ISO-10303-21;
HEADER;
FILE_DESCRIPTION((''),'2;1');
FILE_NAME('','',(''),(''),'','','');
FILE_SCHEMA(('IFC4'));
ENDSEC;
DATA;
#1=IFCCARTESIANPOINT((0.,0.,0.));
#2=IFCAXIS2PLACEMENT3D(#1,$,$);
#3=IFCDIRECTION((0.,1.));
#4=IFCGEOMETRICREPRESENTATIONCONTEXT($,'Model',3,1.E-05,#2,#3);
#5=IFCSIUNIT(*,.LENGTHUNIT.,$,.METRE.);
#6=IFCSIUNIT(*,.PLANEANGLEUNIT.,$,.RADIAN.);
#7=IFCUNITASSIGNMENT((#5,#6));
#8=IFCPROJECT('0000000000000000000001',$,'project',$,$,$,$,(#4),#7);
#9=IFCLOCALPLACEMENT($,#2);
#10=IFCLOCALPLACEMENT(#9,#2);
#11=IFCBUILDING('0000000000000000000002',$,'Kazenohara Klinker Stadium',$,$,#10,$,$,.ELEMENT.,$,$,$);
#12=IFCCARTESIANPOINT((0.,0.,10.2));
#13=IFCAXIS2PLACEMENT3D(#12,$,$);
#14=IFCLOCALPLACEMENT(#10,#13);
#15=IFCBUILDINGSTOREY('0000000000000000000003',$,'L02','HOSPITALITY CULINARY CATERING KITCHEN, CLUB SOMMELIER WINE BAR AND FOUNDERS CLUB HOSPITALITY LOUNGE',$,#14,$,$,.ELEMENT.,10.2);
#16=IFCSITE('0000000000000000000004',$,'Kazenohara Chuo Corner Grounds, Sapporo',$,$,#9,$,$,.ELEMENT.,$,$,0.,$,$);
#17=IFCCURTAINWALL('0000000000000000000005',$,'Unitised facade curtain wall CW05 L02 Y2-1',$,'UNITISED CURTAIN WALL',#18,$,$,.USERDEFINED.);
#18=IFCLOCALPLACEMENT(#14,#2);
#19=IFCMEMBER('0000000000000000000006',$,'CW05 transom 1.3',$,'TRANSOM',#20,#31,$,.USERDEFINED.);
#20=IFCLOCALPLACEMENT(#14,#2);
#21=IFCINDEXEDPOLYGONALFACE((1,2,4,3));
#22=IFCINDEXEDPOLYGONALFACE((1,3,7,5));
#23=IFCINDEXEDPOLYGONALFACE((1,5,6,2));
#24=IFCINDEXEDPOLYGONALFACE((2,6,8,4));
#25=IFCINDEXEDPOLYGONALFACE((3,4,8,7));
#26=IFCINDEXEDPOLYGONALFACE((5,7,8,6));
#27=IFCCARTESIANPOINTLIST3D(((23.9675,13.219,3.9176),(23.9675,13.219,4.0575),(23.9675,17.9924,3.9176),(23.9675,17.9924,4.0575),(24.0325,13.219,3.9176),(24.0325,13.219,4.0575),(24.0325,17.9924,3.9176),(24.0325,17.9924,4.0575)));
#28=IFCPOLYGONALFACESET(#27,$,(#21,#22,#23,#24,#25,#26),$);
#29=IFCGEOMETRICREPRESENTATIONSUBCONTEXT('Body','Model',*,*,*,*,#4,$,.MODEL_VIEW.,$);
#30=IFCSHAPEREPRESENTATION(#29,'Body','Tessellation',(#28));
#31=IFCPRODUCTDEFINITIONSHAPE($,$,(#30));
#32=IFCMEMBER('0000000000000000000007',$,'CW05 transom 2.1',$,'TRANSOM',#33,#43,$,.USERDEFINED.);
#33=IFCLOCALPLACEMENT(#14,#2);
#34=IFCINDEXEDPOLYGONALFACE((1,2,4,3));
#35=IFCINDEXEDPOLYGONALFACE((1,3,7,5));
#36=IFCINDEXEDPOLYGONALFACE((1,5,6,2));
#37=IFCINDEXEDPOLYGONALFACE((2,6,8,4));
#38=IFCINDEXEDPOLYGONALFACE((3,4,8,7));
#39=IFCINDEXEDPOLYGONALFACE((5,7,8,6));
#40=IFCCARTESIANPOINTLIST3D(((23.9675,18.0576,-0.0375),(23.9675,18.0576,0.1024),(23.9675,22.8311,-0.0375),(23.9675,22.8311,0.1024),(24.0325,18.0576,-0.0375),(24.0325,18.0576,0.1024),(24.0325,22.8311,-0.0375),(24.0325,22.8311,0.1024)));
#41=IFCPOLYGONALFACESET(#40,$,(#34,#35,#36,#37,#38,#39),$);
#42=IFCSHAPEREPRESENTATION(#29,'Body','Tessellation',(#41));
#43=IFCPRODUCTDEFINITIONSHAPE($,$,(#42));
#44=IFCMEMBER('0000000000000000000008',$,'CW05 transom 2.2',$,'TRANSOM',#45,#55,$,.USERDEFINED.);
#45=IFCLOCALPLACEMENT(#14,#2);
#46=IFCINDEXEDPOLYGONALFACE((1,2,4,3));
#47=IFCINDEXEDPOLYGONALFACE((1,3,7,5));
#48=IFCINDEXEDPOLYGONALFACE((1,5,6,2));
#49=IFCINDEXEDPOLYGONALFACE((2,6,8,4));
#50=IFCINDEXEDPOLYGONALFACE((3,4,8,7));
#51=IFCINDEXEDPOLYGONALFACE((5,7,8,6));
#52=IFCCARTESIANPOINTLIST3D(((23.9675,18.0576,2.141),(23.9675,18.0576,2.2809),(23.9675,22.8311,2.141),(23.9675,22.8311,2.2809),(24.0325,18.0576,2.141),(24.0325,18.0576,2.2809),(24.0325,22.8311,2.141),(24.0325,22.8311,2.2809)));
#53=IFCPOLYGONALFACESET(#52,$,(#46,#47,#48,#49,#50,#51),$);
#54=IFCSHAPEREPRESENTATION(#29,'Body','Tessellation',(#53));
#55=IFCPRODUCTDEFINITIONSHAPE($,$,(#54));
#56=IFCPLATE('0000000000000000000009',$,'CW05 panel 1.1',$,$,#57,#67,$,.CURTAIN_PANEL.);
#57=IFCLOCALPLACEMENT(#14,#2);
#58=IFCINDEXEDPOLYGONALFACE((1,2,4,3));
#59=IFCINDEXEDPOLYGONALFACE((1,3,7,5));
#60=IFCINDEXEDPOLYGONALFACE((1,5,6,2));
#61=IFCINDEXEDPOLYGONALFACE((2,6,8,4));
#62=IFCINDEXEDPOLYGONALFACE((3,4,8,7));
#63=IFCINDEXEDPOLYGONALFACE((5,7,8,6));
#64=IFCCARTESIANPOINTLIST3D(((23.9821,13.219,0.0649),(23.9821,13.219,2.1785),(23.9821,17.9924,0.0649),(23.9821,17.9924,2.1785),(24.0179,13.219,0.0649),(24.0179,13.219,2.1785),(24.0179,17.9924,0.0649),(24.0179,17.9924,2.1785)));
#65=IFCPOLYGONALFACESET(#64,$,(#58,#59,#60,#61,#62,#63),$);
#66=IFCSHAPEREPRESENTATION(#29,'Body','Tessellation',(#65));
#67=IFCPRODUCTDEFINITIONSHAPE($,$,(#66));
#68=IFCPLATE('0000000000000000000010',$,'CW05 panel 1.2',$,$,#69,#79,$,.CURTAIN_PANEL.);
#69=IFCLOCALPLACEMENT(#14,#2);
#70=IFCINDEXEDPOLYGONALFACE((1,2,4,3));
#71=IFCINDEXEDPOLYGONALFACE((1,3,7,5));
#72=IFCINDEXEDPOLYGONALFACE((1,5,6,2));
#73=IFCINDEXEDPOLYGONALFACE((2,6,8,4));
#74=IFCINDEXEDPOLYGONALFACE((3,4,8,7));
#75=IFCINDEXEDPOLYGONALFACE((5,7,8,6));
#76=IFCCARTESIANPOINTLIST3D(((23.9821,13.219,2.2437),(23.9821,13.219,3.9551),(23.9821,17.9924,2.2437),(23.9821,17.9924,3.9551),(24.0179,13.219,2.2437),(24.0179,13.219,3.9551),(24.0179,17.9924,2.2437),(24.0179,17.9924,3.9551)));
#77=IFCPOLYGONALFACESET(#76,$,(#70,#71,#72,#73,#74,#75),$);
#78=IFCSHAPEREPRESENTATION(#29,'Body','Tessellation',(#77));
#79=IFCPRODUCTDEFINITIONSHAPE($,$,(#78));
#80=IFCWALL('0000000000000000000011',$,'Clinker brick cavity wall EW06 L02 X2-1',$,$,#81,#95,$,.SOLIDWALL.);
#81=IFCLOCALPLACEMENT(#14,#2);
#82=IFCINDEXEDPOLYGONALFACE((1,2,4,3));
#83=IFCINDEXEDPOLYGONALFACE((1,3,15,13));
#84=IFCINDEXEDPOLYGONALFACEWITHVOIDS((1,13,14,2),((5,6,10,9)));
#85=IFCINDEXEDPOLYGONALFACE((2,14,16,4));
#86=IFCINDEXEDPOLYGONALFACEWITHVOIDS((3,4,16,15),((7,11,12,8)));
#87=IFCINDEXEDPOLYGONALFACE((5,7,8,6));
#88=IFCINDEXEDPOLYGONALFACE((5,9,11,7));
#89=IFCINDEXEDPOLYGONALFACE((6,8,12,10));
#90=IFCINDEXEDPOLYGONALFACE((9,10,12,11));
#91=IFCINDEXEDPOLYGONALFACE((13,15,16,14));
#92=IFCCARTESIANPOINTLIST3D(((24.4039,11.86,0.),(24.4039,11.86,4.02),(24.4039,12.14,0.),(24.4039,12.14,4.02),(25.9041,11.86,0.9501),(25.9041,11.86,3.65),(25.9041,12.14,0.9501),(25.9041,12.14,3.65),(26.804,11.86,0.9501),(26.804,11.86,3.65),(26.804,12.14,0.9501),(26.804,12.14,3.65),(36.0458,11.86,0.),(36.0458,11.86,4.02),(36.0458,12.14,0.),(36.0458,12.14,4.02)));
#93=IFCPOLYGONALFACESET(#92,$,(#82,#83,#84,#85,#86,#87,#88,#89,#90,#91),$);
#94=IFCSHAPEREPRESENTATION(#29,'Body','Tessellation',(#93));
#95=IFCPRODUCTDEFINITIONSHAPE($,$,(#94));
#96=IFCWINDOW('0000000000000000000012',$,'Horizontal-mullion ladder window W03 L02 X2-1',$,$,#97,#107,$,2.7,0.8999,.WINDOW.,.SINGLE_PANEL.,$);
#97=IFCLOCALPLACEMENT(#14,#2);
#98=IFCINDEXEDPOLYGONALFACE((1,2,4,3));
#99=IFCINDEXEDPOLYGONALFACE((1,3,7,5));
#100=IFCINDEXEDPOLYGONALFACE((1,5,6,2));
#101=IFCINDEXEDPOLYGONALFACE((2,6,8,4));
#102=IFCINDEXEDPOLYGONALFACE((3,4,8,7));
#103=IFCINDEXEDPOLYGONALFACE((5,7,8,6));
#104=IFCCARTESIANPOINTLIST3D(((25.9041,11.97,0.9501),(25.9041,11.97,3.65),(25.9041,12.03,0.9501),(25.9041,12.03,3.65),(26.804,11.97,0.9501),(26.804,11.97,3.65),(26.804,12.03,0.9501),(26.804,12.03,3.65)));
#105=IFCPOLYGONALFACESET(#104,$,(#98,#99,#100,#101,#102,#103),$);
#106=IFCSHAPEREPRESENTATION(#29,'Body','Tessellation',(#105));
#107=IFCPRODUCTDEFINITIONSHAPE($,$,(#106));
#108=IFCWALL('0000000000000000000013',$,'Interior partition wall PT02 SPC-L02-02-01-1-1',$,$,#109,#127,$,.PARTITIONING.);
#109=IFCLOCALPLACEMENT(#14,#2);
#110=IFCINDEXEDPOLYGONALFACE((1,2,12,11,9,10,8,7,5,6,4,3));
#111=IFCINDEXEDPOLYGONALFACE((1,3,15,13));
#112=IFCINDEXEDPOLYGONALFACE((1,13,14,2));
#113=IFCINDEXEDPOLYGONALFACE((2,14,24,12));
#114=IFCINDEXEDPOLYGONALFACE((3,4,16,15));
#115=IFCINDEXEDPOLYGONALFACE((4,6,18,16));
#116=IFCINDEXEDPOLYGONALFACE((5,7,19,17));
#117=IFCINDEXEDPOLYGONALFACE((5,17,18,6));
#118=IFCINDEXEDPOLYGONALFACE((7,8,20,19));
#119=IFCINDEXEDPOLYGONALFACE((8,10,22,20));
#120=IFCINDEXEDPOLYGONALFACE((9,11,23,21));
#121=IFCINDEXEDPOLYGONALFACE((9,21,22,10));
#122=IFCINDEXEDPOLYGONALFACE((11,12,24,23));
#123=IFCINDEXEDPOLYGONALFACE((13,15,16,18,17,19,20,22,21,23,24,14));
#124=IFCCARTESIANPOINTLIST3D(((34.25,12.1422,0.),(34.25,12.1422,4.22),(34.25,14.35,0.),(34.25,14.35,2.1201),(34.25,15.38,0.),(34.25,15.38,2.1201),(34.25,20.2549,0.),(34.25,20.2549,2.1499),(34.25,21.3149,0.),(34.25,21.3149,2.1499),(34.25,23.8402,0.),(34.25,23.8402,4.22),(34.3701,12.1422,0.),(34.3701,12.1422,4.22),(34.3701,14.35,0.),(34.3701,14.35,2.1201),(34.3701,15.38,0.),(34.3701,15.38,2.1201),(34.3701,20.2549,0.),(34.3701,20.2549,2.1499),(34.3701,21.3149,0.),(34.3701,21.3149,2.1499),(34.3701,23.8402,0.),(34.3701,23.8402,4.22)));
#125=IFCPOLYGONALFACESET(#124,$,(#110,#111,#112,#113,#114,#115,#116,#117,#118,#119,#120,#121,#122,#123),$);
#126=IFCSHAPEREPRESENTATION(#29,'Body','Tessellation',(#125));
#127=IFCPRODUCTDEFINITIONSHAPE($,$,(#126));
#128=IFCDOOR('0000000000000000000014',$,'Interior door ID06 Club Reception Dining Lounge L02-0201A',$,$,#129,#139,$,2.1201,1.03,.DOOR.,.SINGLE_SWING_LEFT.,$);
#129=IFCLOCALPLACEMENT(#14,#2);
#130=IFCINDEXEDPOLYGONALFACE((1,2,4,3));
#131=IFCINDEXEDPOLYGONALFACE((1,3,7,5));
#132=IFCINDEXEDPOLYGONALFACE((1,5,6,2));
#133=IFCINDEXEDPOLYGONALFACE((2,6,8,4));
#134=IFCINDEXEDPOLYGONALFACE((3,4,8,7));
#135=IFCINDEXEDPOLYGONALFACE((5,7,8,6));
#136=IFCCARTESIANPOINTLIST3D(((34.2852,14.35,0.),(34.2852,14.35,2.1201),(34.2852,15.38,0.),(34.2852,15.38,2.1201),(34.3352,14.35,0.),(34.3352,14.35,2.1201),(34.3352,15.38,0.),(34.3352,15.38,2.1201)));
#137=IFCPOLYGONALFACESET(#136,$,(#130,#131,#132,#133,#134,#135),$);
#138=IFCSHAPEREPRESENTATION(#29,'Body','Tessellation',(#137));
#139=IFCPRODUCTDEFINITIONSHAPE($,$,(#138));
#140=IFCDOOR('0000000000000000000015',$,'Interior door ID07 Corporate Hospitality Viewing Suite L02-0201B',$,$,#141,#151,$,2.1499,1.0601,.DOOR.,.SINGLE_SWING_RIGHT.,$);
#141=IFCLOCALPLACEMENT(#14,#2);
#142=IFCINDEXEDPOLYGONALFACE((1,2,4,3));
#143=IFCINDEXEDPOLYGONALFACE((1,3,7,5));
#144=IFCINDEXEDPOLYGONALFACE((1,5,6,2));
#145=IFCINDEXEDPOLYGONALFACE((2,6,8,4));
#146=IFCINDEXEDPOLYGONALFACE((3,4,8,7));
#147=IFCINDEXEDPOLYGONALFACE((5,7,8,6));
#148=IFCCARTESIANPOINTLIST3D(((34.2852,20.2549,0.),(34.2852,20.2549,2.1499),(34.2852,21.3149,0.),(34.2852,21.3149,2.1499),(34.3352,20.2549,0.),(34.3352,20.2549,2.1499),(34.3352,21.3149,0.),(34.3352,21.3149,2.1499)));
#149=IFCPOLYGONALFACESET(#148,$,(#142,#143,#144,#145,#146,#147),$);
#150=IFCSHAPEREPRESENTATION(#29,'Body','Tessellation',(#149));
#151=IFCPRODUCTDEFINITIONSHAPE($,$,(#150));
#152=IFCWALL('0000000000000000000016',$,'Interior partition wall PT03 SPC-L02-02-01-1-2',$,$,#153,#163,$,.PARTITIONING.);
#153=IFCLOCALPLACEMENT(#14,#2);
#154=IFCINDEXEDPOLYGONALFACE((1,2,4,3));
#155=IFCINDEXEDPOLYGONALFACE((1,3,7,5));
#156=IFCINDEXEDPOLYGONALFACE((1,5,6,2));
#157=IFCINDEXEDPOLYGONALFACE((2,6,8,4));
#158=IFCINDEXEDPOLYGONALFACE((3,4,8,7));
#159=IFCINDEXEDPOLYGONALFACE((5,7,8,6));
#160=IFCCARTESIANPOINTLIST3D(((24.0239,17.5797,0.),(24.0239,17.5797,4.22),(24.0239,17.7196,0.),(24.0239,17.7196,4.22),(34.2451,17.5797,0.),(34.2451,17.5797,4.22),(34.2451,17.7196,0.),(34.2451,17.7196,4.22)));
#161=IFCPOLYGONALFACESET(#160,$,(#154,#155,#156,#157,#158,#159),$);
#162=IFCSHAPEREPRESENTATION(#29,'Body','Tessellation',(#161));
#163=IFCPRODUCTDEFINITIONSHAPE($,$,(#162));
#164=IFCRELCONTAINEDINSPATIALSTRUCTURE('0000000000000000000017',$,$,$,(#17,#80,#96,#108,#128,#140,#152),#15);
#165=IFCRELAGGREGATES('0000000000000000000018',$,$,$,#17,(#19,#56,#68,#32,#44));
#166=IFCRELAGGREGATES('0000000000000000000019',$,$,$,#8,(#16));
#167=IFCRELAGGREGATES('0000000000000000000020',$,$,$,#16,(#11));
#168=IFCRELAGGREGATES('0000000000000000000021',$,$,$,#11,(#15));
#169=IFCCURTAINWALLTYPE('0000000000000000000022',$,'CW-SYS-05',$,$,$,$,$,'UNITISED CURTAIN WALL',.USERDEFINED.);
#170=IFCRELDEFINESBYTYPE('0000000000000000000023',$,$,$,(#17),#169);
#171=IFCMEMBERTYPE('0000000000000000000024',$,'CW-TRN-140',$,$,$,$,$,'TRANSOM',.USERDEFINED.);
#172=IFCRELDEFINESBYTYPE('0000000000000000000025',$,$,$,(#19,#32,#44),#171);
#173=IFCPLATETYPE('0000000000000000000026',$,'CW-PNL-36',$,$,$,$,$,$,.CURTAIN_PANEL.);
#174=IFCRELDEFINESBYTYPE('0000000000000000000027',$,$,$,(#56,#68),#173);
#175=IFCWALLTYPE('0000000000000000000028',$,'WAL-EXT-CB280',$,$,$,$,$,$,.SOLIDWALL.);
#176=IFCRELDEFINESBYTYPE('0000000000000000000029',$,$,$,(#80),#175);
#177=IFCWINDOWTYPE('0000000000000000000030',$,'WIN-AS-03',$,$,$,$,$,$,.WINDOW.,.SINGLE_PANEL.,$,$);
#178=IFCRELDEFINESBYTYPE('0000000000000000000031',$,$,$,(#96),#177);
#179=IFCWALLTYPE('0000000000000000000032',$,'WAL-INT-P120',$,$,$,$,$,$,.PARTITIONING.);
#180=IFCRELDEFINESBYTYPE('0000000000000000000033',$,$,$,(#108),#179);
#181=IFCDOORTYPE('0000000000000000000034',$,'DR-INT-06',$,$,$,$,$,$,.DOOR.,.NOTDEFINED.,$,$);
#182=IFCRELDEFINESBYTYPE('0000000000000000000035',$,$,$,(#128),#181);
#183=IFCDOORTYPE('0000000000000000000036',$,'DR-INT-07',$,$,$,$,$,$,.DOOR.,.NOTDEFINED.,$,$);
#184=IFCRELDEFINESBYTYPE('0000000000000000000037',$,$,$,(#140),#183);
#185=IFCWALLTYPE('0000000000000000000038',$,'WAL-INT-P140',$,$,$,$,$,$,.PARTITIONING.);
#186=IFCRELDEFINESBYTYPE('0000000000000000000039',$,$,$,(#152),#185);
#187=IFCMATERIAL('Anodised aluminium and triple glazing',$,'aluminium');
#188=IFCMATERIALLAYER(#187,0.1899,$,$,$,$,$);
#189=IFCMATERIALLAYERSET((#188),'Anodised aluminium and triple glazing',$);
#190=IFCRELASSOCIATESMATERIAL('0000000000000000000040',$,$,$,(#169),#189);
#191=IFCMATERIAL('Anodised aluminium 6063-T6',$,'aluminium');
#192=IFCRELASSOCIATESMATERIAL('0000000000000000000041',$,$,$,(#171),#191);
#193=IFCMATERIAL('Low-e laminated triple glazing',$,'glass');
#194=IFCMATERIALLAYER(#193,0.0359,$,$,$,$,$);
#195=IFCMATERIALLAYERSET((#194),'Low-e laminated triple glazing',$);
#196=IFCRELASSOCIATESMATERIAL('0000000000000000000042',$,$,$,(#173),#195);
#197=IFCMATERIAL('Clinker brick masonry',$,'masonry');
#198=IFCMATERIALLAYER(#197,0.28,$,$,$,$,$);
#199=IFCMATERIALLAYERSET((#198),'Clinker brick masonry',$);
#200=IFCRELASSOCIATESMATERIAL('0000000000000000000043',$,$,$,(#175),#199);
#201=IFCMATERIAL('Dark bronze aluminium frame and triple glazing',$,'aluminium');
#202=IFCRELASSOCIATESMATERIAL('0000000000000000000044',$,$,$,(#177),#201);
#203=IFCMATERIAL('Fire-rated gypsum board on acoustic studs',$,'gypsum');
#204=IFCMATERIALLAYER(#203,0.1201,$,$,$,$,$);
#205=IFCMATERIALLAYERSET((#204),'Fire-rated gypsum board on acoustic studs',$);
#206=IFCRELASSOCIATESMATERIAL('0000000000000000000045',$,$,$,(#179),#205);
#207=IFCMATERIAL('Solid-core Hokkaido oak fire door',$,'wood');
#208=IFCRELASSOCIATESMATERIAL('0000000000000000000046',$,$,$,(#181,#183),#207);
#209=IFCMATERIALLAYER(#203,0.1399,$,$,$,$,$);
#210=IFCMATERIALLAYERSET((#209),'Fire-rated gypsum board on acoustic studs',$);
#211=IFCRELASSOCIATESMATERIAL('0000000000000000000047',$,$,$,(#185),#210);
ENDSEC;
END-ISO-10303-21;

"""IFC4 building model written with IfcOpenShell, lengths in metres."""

from ifc_helpers import new_model, si_unit, direction, frame, frame_2d, origin, origin_2d, place, context, subcontext, project, spatial, rectangle, extrude, material, layer, layer_set, material_profile, profile_set, type_object, element, fill, aggregate, save


model = new_model("IFC4")

# Units and contexts
model_context = context("Model", 3, precision=1e-05, world=origin(), true_north=direction((0.0, 1.0)))
body_context = subcontext(model_context, "Body", "Model", "MODEL_VIEW")
ifc_project = project(units=[si_unit("LENGTHUNIT", "METRE"), si_unit("PLANEANGLEUNIT", "RADIAN")], contexts=[model_context])

# Site, building, storey
site_placement = place(None, origin())
site = spatial("IfcSite", under=ifc_project, at=site_placement, Name="Kazenohara Chuo Corner Grounds, Sapporo", CompositionType="ELEMENT", RefElevation=0.0)
building_placement = place(site_placement, origin())
building = spatial("IfcBuilding", under=site, at=building_placement, Name="Kazenohara Klinker Stadium", CompositionType="ELEMENT")
storey_placement = place(building_placement, frame((0.0, 0.0, 10.2)))
storey = spatial("IfcBuildingStorey", under=building, at=storey_placement, Name="L02", Description="HOSPITALITY CULINARY CATERING KITCHEN, CLUB SOMMELIER WINE BAR AND FOUNDERS CLUB HOSPITALITY LOUNGE", CompositionType="ELEMENT", Elevation=10.2)

# Curtain wall, members, plates
ifc_material_1 = material(Name="Anodised aluminium and triple glazing", Category="aluminium")
ifc_layer_1 = layer(ifc_material_1, 0.1899)
ifc_layer_set_1 = layer_set([ifc_layer_1], Name="Anodised aluminium and triple glazing")
curtain_wall_type = type_object("IfcCurtainWallType", Name="CW-SYS-05", ElementType="UNITISED CURTAIN WALL", PredefinedType="USERDEFINED", material=ifc_layer_set_1)
curtain_wall_placement = place(storey_placement, origin())
curtain_wall = element("IfcCurtainWall", 1, at=curtain_wall_placement, inside=storey, type_object=curtain_wall_type, Name="Unitised facade curtain wall CW05 L02 Y2-1", ObjectType="UNITISED CURTAIN WALL", PredefinedType="USERDEFINED")
ifc_material_2 = material(Name="Anodised aluminium 6063-T6", Category="aluminium")
ifc_material_profile_1 = material_profile(ifc_material_2, rectangle(XDim=0.0649, YDim=0.1399, at=origin_2d()), Name="ALU-TRN-65x140")
ifc_profile_set_1 = profile_set([ifc_material_profile_1], Name="Anodised aluminium 6063-T6")
member_type_1 = type_object("IfcMemberType", Name="CW-TRN-140", ElementType="TRANSOM", PredefinedType="USERDEFINED", material=ifc_profile_set_1)
member_1_placement = place(storey_placement, frame((24.0, 13.219, 3.9875), z_axis=(0.0, 1.0, 0.0), x_axis=(-1.0, 0.0, 0.0)))
member_1 = element("IfcMember", 2, at=member_1_placement, type_object=member_type_1, Name="CW05 transom 1.3", ObjectType="TRANSOM", PredefinedType="USERDEFINED", context=body_context, shape_type="SweptSolid", body=[
    extrude(rectangle(XDim=0.0649, YDim=0.1399, at=origin_2d()), origin(), (0.0, 0.0, 1.0), 4.7734),
])
member_2_placement = place(storey_placement, frame((24.0, 18.0576, 0.0325), z_axis=(0.0, 1.0, 0.0), x_axis=(-1.0, 0.0, 0.0)))
member_2 = element("IfcMember", 3, at=member_2_placement, type_object=member_type_1, Name="CW05 transom 2.1", ObjectType="TRANSOM", PredefinedType="USERDEFINED", context=body_context, shape_type="SweptSolid", body=[
    extrude(rectangle(XDim=0.0649, YDim=0.1399, at=origin_2d()), origin(), (0.0, 0.0, 1.0), 4.7734),
])
member_3_placement = place(storey_placement, frame((24.0, 18.0576, 2.2109), z_axis=(0.0, 1.0, 0.0), x_axis=(-1.0, 0.0, 0.0)))
member_3 = element("IfcMember", 4, at=member_3_placement, type_object=member_type_1, Name="CW05 transom 2.2", ObjectType="TRANSOM", PredefinedType="USERDEFINED", context=body_context, shape_type="SweptSolid", body=[
    extrude(rectangle(XDim=0.0649, YDim=0.1399, at=origin_2d()), origin(), (0.0, 0.0, 1.0), 4.7734),
])
ifc_material_3 = material(Name="Low-e laminated triple glazing", Category="glass")
ifc_layer_2 = layer(ifc_material_3, 0.0359)
ifc_layer_set_2 = layer_set([ifc_layer_2], Name="Low-e laminated triple glazing")
plate_type = type_object("IfcPlateType", Name="CW-PNL-36", PredefinedType="CURTAIN_PANEL", material=ifc_layer_set_2)
plate_1_placement = place(storey_placement, frame((24.0, 15.6057, 0.0649), z_axis=(0.0, 0.0, 1.0), x_axis=(0.0, 1.0, 0.0)))
plate_1 = element("IfcPlate", 5, at=plate_1_placement, type_object=plate_type, Name="CW05 panel 1.1", PredefinedType="CURTAIN_PANEL", context=body_context, shape_type="SweptSolid", body=[
    extrude(rectangle(XDim=4.7734, YDim=0.0359, at=origin_2d()), origin(), (0.0, 0.0, 1.0), 2.1135),
])
plate_2_placement = place(storey_placement, frame((24.0, 15.6057, 2.2437), z_axis=(0.0, 0.0, 1.0), x_axis=(0.0, 1.0, 0.0)))
plate_2 = element("IfcPlate", 6, at=plate_2_placement, type_object=plate_type, Name="CW05 panel 1.2", PredefinedType="CURTAIN_PANEL", context=body_context, shape_type="SweptSolid", body=[
    extrude(rectangle(XDim=4.7734, YDim=0.0359, at=origin_2d()), origin(), (0.0, 0.0, 1.0), 1.7114),
])
aggregate(curtain_wall, [member_1, plate_1, plate_2, member_2, member_3])

# Wall, opening, window
ifc_material_4 = material(Name="Clinker brick masonry", Category="masonry")
ifc_layer_3 = layer(ifc_material_4, 0.28)
ifc_layer_set_3 = layer_set([ifc_layer_3], Name="Clinker brick masonry")
wall_type_1 = type_object("IfcWallType", Name="WAL-EXT-CB280", PredefinedType="SOLIDWALL", material=ifc_layer_set_3)
wall_1_placement = place(storey_placement, frame((24.4041, 12.0, 0.0), z_axis=(0.0, 0.0, 1.0), x_axis=(1.0, 0.0, 0.0)))
wall_1 = element("IfcWall", 7, at=wall_1_placement, inside=storey, type_object=wall_type_1, Name="Clinker brick cavity wall EW06 L02 X2-1", PredefinedType="SOLIDWALL", context=body_context, shape_type="SweptSolid", body=[
    extrude(rectangle(XDim=11.6418, YDim=0.28, at=frame_2d((5.8208, 0.0))), origin(), (0.0, 0.0, 1.0), 4.02),
])
opening_1_placement = place(wall_1_placement, frame((1.5, 0.0, 0.95)))
opening_1 = element("IfcOpeningElement", 8, at=opening_1_placement, cuts=wall_1, PredefinedType="OPENING", context=body_context, shape_type="SweptSolid", body=[
    extrude(rectangle(XDim=0.8999, YDim=2.7, at=frame_2d((0.45, 1.3501))), frame((0.0, 0.1499, 0.0), z_axis=(0.0, -1.0, 0.0), x_axis=(1.0, 0.0, 0.0)), (0.0, 0.0, 1.0), 0.3),
])
ifc_material_5 = material(Name="Dark bronze aluminium frame and triple glazing", Category="aluminium")
window_type = type_object("IfcWindowType", Name="WIN-AS-03", PartitioningType="SINGLE_PANEL", PredefinedType="WINDOW", material=ifc_material_5)
window_placement = place(opening_1_placement, origin())
window = element("IfcWindow", 9, at=window_placement, inside=storey, type_object=window_type, Name="Horizontal-mullion ladder window W03 L02 X2-1", OverallHeight=2.7, OverallWidth=0.8999, PartitioningType="SINGLE_PANEL", PredefinedType="WINDOW", context=body_context, shape_type="SweptSolid", body=[
    extrude(rectangle(XDim=0.8999, YDim=2.7, at=frame_2d((0.45, 1.3501))), frame((0.0, 0.03, 0.0), z_axis=(0.0, -1.0, 0.0), x_axis=(1.0, 0.0, 0.0)), (0.0, 0.0, 1.0), 0.0601),
])
fill(opening_1, window)

# Wall, openings, doors
ifc_material_6 = material(Name="Fire-rated gypsum board on acoustic studs", Category="gypsum")
ifc_layer_4 = layer(ifc_material_6, 0.1201)
ifc_layer_set_4 = layer_set([ifc_layer_4], Name="Fire-rated gypsum board on acoustic studs")
wall_type_2 = type_object("IfcWallType", Name="WAL-INT-P120", PredefinedType="PARTITIONING", material=ifc_layer_set_4)
wall_2_placement = place(storey_placement, frame((34.3101, 12.1421, 0.0), z_axis=(0.0, 0.0, 1.0), x_axis=(0.0, 1.0, 0.0)))
wall_2 = element("IfcWall", 10, at=wall_2_placement, inside=storey, type_object=wall_type_2, Name="Interior partition wall PT02 SPC-L02-02-01-1-1", PredefinedType="PARTITIONING", context=body_context, shape_type="SweptSolid", body=[
    extrude(rectangle(XDim=11.698, YDim=0.1201, at=frame_2d((5.8491, 0.0))), origin(), (0.0, 0.0, 1.0), 4.22),
])
opening_2_placement = place(wall_2_placement, frame((2.2078, 0.0, 0.0)))
opening_2 = element("IfcOpeningElement", 11, at=opening_2_placement, cuts=wall_2, PredefinedType="OPENING", context=body_context, shape_type="SweptSolid", body=[
    extrude(rectangle(XDim=1.03, YDim=2.1201, at=frame_2d((0.5151, 1.0601))), frame((0.0, 0.0701, 0.0), z_axis=(0.0, -1.0, 0.0), x_axis=(1.0, 0.0, 0.0)), (0.0, 0.0, 1.0), 0.1401),
])
opening_3_placement = place(wall_2_placement, frame((8.1128, 0.0, 0.0)))
opening_3 = element("IfcOpeningElement", 12, at=opening_3_placement, cuts=wall_2, PredefinedType="OPENING", context=body_context, shape_type="SweptSolid", body=[
    extrude(rectangle(XDim=1.0601, YDim=2.1499, at=frame_2d((0.53, 1.075))), frame((0.0, 0.0701, 0.0), z_axis=(0.0, -1.0, 0.0), x_axis=(1.0, 0.0, 0.0)), (0.0, 0.0, 1.0), 0.1401),
])
ifc_material_7 = material(Name="Solid-core Hokkaido oak fire door", Category="wood")
door_type_1 = type_object("IfcDoorType", Name="DR-INT-06", OperationType="NOTDEFINED", PredefinedType="DOOR", material=ifc_material_7)
door_1_placement = place(opening_2_placement, origin())
door_1 = element("IfcDoor", 13, at=door_1_placement, inside=storey, type_object=door_type_1, Name="Interior door ID06 Club Reception Dining Lounge L02-0201A", OperationType="SINGLE_SWING_LEFT", OverallHeight=2.1201, OverallWidth=1.03, PredefinedType="DOOR", context=body_context, shape_type="SweptSolid", body=[
    extrude(rectangle(XDim=1.03, YDim=2.1201, at=frame_2d((0.5151, 1.0601))), frame((0.0, 0.0249, 0.0), z_axis=(0.0, -1.0, 0.0), x_axis=(1.0, 0.0, 0.0)), (0.0, 0.0, 1.0), 0.05),
])
fill(opening_2, door_1)
door_type_2 = type_object("IfcDoorType", Name="DR-INT-07", OperationType="NOTDEFINED", PredefinedType="DOOR", material=ifc_material_7)
door_2_placement = place(opening_3_placement, origin())
door_2 = element("IfcDoor", 14, at=door_2_placement, inside=storey, type_object=door_type_2, Name="Interior door ID07 Corporate Hospitality Viewing Suite L02-0201B", OperationType="SINGLE_SWING_RIGHT", OverallHeight=2.1499, OverallWidth=1.0601, PredefinedType="DOOR", context=body_context, shape_type="SweptSolid", body=[
    extrude(rectangle(XDim=1.0601, YDim=2.1499, at=frame_2d((0.53, 1.075))), frame((0.0, 0.0249, 0.0), z_axis=(0.0, -1.0, 0.0), x_axis=(1.0, 0.0, 0.0)), (0.0, 0.0, 1.0), 0.05),
])
fill(opening_3, door_2)

# Wall
ifc_layer_5 = layer(ifc_material_6, 0.1399)
ifc_layer_set_5 = layer_set([ifc_layer_5], Name="Fire-rated gypsum board on acoustic studs")
wall_type_3 = type_object("IfcWallType", Name="WAL-INT-P140", PredefinedType="PARTITIONING", material=ifc_layer_set_5)
wall_3_placement = place(storey_placement, frame((24.0239, 17.6497, 0.0), z_axis=(0.0, 0.0, 1.0), x_axis=(1.0, 0.0, 0.0)))
element("IfcWall", 15, at=wall_3_placement, inside=storey, type_object=wall_type_3, Name="Interior partition wall PT03 SPC-L02-02-01-1-2", PredefinedType="PARTITIONING", context=body_context, shape_type="SweptSolid", body=[
    extrude(rectangle(XDim=10.2212, YDim=0.1399, at=frame_2d((5.1106, 0.0))), origin(), (0.0, 0.0, 1.0), 4.22),
])

save(model, "model.ifc")
